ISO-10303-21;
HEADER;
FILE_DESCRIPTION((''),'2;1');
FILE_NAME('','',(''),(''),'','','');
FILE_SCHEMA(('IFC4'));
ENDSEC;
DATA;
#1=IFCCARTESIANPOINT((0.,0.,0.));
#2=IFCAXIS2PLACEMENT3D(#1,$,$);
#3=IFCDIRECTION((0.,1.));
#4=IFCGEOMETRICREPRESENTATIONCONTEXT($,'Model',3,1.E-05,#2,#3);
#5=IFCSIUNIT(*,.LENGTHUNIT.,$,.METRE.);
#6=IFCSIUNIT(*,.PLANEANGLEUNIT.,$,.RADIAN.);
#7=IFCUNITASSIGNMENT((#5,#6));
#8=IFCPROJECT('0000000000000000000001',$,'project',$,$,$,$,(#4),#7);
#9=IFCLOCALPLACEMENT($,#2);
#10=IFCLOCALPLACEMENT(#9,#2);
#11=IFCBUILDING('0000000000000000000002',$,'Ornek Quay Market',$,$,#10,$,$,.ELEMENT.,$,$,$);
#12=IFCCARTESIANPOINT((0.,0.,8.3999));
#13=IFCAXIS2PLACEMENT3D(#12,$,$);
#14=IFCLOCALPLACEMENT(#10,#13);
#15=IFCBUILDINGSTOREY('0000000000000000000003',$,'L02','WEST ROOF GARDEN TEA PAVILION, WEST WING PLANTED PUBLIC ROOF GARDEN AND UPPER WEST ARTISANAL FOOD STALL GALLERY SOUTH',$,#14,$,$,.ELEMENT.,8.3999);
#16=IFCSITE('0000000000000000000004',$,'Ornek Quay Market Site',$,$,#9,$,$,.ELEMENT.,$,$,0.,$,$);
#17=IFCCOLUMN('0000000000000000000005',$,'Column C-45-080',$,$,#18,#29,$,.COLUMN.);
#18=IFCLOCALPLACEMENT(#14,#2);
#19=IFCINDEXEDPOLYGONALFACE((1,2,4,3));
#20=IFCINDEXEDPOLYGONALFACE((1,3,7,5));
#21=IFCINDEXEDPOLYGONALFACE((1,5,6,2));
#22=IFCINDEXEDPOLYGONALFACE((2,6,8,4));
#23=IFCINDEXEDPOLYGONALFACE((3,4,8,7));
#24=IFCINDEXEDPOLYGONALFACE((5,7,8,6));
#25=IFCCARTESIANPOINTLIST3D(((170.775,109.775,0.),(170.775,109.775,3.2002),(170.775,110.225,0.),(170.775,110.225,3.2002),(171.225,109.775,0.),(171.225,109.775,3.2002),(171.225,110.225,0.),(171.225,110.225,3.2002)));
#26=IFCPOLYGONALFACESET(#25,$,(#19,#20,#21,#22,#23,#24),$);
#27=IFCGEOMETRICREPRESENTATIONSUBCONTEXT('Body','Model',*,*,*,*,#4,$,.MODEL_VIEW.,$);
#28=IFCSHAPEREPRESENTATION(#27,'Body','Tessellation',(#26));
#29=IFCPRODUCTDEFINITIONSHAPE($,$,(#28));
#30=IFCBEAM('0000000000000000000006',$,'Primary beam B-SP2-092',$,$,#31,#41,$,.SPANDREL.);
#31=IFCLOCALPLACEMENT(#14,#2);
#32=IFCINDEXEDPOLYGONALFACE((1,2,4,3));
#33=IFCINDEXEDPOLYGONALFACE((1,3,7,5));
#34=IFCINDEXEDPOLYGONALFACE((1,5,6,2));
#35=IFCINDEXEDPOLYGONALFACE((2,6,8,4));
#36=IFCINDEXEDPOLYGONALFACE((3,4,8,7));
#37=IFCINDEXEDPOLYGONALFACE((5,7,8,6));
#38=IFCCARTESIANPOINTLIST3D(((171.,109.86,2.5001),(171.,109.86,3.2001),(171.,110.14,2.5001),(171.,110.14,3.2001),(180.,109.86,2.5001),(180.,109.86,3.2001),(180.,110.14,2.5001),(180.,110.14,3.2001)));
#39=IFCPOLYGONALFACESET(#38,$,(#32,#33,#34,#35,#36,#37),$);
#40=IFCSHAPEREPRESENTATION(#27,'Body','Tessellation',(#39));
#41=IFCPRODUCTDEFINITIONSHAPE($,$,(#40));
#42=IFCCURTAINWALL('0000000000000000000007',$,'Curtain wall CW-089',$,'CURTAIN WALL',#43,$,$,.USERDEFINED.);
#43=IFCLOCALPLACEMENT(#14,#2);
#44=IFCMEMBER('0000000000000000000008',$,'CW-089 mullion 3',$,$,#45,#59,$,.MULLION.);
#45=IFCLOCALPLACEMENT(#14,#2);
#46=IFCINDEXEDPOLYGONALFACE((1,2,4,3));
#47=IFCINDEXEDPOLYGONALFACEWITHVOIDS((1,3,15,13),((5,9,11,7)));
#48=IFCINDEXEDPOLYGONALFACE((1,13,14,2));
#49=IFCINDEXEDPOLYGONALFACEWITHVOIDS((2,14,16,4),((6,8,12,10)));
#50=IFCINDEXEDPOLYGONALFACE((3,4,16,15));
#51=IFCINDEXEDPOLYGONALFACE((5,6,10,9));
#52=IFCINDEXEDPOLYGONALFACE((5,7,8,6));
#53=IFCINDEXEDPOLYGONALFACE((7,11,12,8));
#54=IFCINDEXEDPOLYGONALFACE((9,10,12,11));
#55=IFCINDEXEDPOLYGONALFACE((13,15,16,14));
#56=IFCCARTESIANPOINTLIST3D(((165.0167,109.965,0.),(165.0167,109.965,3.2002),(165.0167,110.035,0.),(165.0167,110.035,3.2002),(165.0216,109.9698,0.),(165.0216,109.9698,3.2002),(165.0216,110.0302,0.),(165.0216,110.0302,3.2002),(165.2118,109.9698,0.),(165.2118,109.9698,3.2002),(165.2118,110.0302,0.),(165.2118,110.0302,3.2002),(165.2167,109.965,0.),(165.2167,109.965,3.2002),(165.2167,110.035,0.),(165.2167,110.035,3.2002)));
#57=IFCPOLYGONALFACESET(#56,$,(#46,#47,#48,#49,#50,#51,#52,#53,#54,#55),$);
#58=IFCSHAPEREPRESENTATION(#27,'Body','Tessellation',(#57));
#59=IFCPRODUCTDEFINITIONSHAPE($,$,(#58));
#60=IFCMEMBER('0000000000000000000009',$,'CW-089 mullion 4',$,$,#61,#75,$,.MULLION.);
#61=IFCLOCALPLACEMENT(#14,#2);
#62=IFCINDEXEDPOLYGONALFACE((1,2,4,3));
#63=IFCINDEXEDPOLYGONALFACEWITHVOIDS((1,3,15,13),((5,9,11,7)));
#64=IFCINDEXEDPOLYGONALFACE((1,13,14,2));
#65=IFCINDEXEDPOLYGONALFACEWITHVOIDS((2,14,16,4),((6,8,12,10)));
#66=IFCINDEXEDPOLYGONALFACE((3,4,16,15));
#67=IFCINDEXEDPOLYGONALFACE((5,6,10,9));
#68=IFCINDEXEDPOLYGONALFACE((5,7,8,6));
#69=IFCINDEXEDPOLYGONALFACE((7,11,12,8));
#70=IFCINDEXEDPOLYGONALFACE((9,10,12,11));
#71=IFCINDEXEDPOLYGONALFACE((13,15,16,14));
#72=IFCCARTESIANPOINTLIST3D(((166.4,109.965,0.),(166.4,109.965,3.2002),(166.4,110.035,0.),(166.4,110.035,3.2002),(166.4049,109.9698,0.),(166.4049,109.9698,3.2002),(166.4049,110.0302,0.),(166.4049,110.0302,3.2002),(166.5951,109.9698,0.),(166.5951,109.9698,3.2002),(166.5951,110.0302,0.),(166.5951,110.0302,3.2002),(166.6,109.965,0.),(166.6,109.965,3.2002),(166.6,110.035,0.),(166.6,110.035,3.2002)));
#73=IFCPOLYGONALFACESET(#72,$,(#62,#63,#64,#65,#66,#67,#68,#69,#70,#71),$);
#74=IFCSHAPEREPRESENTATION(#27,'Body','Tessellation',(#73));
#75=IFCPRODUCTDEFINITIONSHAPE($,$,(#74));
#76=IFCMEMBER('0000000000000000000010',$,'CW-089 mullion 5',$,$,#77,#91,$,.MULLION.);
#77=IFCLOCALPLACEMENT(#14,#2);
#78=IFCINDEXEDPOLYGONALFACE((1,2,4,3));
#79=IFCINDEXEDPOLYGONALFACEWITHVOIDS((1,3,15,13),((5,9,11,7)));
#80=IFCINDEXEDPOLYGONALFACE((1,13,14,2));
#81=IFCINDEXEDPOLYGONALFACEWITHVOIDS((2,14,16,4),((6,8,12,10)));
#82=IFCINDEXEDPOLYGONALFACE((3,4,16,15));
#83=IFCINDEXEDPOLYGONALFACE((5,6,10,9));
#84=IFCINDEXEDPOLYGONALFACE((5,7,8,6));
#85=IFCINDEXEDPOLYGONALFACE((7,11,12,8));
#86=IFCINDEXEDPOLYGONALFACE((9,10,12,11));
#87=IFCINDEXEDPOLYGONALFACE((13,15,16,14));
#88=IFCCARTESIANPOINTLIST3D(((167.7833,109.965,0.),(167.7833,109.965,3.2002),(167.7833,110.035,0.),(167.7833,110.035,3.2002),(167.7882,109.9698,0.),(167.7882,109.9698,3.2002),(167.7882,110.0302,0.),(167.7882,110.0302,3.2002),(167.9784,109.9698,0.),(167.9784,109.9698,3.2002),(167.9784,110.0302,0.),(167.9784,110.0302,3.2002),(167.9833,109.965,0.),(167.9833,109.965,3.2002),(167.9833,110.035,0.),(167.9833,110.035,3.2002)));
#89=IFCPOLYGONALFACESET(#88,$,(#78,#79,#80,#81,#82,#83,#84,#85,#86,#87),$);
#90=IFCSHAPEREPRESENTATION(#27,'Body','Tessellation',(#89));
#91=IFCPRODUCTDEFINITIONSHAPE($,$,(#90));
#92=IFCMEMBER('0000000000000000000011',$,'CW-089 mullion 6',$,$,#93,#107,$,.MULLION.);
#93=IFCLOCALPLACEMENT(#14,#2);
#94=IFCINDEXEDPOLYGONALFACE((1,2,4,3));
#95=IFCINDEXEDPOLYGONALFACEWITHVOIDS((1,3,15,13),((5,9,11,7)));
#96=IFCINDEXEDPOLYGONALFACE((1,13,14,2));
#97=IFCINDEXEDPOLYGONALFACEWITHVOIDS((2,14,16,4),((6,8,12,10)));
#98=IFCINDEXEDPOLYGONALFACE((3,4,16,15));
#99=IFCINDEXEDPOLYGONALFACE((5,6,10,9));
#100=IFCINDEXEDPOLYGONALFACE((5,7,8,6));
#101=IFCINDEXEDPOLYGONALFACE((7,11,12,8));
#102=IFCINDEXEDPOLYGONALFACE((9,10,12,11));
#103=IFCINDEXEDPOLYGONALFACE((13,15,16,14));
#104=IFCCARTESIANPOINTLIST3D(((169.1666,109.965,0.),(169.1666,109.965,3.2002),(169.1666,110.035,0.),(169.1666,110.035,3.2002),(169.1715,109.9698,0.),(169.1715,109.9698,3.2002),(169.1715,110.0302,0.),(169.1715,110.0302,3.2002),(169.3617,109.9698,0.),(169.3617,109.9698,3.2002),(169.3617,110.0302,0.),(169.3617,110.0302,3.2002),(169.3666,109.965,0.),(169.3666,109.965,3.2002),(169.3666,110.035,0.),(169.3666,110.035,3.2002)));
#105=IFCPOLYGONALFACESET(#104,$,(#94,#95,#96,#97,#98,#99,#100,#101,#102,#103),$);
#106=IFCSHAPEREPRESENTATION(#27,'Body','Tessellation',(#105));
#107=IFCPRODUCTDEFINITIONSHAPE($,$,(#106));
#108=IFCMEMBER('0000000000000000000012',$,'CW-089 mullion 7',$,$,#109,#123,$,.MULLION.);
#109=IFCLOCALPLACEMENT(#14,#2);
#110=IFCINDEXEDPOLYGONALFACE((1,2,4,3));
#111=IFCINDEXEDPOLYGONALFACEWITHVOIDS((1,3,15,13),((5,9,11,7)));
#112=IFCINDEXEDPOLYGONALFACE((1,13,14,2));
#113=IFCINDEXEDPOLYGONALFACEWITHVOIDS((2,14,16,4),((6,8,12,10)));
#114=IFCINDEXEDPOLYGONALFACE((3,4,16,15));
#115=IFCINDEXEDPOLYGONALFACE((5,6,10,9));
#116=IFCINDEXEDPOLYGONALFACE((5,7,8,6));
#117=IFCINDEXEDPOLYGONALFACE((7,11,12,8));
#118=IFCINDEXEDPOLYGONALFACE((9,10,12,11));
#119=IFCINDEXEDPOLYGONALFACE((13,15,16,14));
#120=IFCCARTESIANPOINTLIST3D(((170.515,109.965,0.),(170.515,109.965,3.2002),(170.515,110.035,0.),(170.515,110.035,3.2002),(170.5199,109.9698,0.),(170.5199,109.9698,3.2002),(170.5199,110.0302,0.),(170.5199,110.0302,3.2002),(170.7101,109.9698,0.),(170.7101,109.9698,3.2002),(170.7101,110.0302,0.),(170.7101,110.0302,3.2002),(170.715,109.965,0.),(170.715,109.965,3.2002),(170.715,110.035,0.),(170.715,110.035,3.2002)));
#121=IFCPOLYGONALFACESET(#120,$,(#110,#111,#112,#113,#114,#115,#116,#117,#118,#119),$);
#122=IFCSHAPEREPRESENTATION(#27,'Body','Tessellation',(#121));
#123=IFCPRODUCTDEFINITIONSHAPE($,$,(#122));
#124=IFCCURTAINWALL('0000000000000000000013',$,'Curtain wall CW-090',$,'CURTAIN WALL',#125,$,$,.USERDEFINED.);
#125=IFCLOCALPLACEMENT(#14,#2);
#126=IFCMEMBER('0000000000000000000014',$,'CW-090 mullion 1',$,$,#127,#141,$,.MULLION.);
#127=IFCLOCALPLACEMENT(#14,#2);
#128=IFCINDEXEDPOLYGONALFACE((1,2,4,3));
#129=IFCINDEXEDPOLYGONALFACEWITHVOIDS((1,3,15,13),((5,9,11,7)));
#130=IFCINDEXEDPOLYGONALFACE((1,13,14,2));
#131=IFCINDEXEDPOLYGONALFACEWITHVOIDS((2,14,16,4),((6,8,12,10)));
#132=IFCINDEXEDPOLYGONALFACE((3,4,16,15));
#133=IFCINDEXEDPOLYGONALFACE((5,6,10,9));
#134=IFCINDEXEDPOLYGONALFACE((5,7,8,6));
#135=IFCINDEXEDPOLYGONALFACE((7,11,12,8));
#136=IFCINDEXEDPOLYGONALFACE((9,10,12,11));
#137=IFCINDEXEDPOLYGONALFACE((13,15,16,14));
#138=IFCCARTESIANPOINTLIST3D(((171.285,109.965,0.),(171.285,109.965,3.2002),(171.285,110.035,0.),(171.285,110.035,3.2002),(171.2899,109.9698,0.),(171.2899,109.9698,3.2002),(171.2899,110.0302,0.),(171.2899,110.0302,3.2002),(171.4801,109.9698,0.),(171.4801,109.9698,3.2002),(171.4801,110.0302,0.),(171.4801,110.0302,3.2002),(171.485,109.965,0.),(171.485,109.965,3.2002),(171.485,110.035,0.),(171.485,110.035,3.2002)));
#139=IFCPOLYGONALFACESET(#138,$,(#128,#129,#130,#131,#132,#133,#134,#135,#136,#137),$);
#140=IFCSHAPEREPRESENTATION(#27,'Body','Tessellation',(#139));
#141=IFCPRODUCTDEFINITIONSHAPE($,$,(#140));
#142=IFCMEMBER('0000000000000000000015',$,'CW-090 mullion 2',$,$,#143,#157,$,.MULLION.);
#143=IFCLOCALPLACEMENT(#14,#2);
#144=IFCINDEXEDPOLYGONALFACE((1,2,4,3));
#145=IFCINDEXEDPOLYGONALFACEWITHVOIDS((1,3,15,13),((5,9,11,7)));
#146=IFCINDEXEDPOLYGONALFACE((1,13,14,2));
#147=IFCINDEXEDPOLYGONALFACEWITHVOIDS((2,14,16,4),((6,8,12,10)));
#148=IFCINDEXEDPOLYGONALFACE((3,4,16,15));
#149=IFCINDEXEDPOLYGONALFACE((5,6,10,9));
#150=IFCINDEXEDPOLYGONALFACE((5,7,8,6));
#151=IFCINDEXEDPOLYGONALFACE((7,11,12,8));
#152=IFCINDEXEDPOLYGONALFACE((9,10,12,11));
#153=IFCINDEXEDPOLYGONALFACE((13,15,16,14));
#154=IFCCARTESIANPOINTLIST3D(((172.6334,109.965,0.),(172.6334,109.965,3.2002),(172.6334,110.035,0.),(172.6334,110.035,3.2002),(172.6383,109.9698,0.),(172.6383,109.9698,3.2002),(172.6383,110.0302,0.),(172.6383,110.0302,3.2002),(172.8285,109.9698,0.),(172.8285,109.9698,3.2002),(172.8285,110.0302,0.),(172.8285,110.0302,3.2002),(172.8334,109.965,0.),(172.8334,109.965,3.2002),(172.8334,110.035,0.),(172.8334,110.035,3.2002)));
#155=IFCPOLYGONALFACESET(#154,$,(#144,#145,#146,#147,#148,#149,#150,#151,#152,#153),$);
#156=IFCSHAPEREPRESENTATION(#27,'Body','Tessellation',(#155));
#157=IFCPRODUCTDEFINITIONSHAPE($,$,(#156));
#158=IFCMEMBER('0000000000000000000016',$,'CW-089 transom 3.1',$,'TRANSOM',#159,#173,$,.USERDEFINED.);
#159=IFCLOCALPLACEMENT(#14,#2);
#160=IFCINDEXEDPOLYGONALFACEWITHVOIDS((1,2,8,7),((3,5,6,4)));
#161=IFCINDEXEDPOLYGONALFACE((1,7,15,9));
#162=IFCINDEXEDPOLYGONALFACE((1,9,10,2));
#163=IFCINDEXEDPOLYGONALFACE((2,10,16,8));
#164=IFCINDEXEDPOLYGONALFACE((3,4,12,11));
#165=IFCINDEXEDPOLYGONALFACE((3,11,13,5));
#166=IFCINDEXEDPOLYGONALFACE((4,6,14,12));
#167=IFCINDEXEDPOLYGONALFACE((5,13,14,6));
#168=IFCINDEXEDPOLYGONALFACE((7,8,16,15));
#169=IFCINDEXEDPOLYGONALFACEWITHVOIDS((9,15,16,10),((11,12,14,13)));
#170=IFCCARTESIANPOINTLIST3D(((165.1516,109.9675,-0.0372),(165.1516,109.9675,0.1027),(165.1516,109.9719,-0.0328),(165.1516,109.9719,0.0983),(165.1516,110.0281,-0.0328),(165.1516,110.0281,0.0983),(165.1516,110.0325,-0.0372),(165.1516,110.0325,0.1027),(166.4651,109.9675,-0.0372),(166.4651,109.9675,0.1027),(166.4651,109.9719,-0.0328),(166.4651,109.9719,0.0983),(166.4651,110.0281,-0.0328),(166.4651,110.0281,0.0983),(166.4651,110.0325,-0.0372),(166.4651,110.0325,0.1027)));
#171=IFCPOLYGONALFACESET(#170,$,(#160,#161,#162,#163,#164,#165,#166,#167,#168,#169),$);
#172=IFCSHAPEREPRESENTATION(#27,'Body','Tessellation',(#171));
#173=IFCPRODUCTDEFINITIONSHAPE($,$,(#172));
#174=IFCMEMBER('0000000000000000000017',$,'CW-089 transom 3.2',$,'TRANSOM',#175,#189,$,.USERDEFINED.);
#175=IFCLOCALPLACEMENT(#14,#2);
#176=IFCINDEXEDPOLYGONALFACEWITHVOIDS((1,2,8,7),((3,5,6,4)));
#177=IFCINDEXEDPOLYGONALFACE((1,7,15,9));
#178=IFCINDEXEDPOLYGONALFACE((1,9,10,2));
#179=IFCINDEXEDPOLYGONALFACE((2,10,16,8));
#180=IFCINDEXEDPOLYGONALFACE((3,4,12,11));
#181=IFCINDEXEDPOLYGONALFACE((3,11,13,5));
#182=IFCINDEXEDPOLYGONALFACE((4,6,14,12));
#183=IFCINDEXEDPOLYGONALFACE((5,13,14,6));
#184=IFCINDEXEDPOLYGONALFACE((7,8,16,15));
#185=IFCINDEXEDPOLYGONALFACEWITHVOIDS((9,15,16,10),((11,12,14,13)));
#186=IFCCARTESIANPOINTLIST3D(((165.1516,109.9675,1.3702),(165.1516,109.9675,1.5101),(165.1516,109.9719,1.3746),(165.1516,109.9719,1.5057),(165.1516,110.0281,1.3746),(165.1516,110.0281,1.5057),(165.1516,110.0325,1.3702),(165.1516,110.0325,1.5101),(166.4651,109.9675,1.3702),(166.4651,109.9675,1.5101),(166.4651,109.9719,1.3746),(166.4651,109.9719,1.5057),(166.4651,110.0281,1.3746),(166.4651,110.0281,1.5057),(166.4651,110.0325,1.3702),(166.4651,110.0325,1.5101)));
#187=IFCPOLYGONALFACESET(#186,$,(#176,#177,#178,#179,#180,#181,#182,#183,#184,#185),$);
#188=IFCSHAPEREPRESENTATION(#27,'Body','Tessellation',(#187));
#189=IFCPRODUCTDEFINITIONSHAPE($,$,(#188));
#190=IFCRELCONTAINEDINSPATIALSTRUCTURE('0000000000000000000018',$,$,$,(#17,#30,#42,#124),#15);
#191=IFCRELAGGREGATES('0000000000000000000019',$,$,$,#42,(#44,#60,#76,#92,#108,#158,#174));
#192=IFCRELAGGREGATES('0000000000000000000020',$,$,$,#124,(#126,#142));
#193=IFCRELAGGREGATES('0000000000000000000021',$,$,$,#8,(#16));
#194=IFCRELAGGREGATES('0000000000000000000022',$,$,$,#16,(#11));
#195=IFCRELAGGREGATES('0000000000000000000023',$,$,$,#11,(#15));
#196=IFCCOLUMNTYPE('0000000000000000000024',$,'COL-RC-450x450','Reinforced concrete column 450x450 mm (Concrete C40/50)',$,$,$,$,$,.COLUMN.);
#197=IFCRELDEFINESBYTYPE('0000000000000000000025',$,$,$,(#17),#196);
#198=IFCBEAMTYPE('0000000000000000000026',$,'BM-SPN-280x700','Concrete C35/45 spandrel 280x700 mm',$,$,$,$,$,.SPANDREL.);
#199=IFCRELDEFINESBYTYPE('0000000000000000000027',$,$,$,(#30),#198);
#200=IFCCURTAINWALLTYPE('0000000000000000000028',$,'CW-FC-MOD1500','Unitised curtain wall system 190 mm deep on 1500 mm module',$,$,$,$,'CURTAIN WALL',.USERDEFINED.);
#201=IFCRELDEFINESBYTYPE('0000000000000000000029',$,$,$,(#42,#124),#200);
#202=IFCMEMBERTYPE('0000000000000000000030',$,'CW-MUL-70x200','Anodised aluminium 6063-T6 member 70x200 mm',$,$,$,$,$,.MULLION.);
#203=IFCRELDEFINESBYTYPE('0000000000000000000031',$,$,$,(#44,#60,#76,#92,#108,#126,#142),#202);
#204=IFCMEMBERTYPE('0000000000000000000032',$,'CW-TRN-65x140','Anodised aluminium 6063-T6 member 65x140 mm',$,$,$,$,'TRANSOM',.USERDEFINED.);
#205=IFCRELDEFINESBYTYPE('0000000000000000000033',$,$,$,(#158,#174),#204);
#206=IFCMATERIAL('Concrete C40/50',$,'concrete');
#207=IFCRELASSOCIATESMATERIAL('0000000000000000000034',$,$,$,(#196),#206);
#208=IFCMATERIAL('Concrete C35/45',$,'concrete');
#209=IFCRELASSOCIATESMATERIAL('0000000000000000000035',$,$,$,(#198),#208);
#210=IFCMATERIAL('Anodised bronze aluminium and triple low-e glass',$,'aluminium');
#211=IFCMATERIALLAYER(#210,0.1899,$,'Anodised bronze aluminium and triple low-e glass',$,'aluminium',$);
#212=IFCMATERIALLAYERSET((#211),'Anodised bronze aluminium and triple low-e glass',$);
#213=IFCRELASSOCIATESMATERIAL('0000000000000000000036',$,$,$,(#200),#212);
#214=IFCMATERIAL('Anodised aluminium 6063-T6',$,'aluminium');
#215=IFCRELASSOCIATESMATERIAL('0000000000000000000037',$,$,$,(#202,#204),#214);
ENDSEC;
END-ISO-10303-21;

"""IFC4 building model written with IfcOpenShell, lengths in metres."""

from ifc_helpers import new_model, si_unit, direction, frame, origin, origin_2d, place, context, subcontext, project, spatial, rectangle, hollow_rectangle, extrude, material, layer, layer_set, material_profile, profile_set, type_object, element, aggregate, save


model = new_model("IFC4")

# Units and contexts
model_context = context("Model", 3, precision=1e-05, world=origin(), true_north=direction((0.0, 1.0)))
body_context = subcontext(model_context, "Body", "Model", "MODEL_VIEW")
ifc_project = project(units=[si_unit("LENGTHUNIT", "METRE"), si_unit("PLANEANGLEUNIT", "RADIAN")], contexts=[model_context])

# Site, building, storey
site_placement = place(None, origin())
site = spatial("IfcSite", under=ifc_project, at=site_placement, Name="Ornek Quay Market Site", CompositionType="ELEMENT", RefElevation=0.0)
building_placement = place(site_placement, origin())
building = spatial("IfcBuilding", under=site, at=building_placement, Name="Ornek Quay Market", CompositionType="ELEMENT")
storey_placement = place(building_placement, frame((0.0, 0.0, 8.3999)))
storey = spatial("IfcBuildingStorey", under=building, at=storey_placement, Name="L02", Description="WEST ROOF GARDEN TEA PAVILION, WEST WING PLANTED PUBLIC ROOF GARDEN AND UPPER WEST ARTISANAL FOOD STALL GALLERY SOUTH", CompositionType="ELEMENT", Elevation=8.3999)

# Column
ifc_material_1 = material(Name="Concrete C40/50", Category="concrete")
ifc_material_profile_1 = material_profile(ifc_material_1, rectangle(XDim=0.45, YDim=0.45, at=origin_2d()), Name="RC 450x450", Category="concrete")
ifc_profile_set_1 = profile_set([ifc_material_profile_1], Name="Concrete C40/50")
column_type = type_object("IfcColumnType", Name="COL-RC-450x450", Description="Reinforced concrete column 450x450 mm (Concrete C40/50)", PredefinedType="COLUMN", material=ifc_profile_set_1)
column_placement = place(storey_placement, frame((171.0, 110.0, 0.0), z_axis=(0.0, 0.0, 1.0), x_axis=(1.0, 0.0, 0.0)))
element("IfcColumn", 1, at=column_placement, inside=storey, type_object=column_type, Name="Column C-45-080", PredefinedType="COLUMN", context=body_context, shape_type="SweptSolid", body=[
    extrude(rectangle(XDim=0.45, YDim=0.45, at=origin_2d()), origin(), (0.0, 0.0, 1.0), 3.2002),
])

# Beam
ifc_material_2 = material(Name="Concrete C35/45", Category="concrete")
ifc_material_profile_2 = material_profile(ifc_material_2, rectangle(XDim=0.28, YDim=0.7, at=origin_2d()), Name="RC 280x700", Category="concrete")
ifc_profile_set_2 = profile_set([ifc_material_profile_2], Name="Concrete C35/45")
beam_type = type_object("IfcBeamType", Name="BM-SPN-280x700", Description="Concrete C35/45 spandrel 280x700 mm", PredefinedType="SPANDREL", material=ifc_profile_set_2)
beam_placement = place(storey_placement, frame((171.0, 110.0, 2.8501), z_axis=(1.0, 0.0, 0.0), x_axis=(0.0, 1.0, 0.0)))
element("IfcBeam", 2, at=beam_placement, inside=storey, type_object=beam_type, Name="Primary beam B-SP2-092", PredefinedType="SPANDREL", context=body_context, shape_type="SweptSolid", body=[
    extrude(rectangle(XDim=0.28, YDim=0.7, at=origin_2d()), origin(), (0.0, 0.0, 1.0), 9.0),
])

# Curtain walls, members
ifc_material_3 = material(Name="Anodised bronze aluminium and triple low-e glass", Category="aluminium")
ifc_layer_1 = layer(ifc_material_3, 0.1899, Name="Anodised bronze aluminium and triple low-e glass", Category="aluminium")
ifc_layer_set_1 = layer_set([ifc_layer_1], Name="Anodised bronze aluminium and triple low-e glass")
curtain_wall_type = type_object("IfcCurtainWallType", Name="CW-FC-MOD1500", Description="Unitised curtain wall system 190 mm deep on 1500 mm module", ElementType="CURTAIN WALL", PredefinedType="USERDEFINED", material=ifc_layer_set_1)
curtain_wall_1_placement = place(storey_placement, origin())
curtain_wall_1 = element("IfcCurtainWall", 3, at=curtain_wall_1_placement, inside=storey, type_object=curtain_wall_type, Name="Curtain wall CW-089", ObjectType="CURTAIN WALL", PredefinedType="USERDEFINED")
ifc_material_4 = material(Name="Anodised aluminium 6063-T6", Category="aluminium")
ifc_material_profile_3 = material_profile(ifc_material_4, hollow_rectangle(XDim=0.0701, YDim=0.2, WallThickness=0.0049, at=origin_2d()), Name="CW-MUL-70x200", Category="aluminium")
ifc_profile_set_3 = profile_set([ifc_material_profile_3], Name="Anodised aluminium 6063-T6")
member_type_1 = type_object("IfcMemberType", Name="CW-MUL-70x200", Description="Anodised aluminium 6063-T6 member 70x200 mm", PredefinedType="MULLION", material=ifc_profile_set_3)
member_1_placement = place(storey_placement, frame((165.1167, 110.0, 0.0), z_axis=(0.0, 0.0, 1.0), x_axis=(0.0, 1.0, 0.0)))
member_1 = element("IfcMember", 4, at=member_1_placement, type_object=member_type_1, Name="CW-089 mullion 3", PredefinedType="MULLION", context=body_context, shape_type="SweptSolid", body=[
    extrude(hollow_rectangle(XDim=0.0701, YDim=0.2, WallThickness=0.0049, at=origin_2d()), origin(), (0.0, 0.0, 1.0), 3.2002),
])
member_2_placement = place(storey_placement, frame((166.5, 110.0, 0.0), z_axis=(0.0, 0.0, 1.0), x_axis=(0.0, 1.0, 0.0)))
member_2 = element("IfcMember", 5, at=member_2_placement, type_object=member_type_1, Name="CW-089 mullion 4", PredefinedType="MULLION", context=body_context, shape_type="SweptSolid", body=[
    extrude(hollow_rectangle(XDim=0.0701, YDim=0.2, WallThickness=0.0049, at=origin_2d()), origin(), (0.0, 0.0, 1.0), 3.2002),
])
member_3_placement = place(storey_placement, frame((167.8833, 110.0, 0.0), z_axis=(0.0, 0.0, 1.0), x_axis=(0.0, 1.0, 0.0)))
member_3 = element("IfcMember", 6, at=member_3_placement, type_object=member_type_1, Name="CW-089 mullion 5", PredefinedType="MULLION", context=body_context, shape_type="SweptSolid", body=[
    extrude(hollow_rectangle(XDim=0.0701, YDim=0.2, WallThickness=0.0049, at=origin_2d()), origin(), (0.0, 0.0, 1.0), 3.2002),
])
member_4_placement = place(storey_placement, frame((169.2666, 110.0, 0.0), z_axis=(0.0, 0.0, 1.0), x_axis=(0.0, 1.0, 0.0)))
member_4 = element("IfcMember", 7, at=member_4_placement, type_object=member_type_1, Name="CW-089 mullion 6", PredefinedType="MULLION", context=body_context, shape_type="SweptSolid", body=[
    extrude(hollow_rectangle(XDim=0.0701, YDim=0.2, WallThickness=0.0049, at=origin_2d()), origin(), (0.0, 0.0, 1.0), 3.2002),
])
member_5_placement = place(storey_placement, frame((170.615, 110.0, 0.0), z_axis=(0.0, 0.0, 1.0), x_axis=(0.0, 1.0, 0.0)))
member_5 = element("IfcMember", 8, at=member_5_placement, type_object=member_type_1, Name="CW-089 mullion 7", PredefinedType="MULLION", context=body_context, shape_type="SweptSolid", body=[
    extrude(hollow_rectangle(XDim=0.0701, YDim=0.2, WallThickness=0.0049, at=origin_2d()), origin(), (0.0, 0.0, 1.0), 3.2002),
])
curtain_wall_2_placement = place(storey_placement, origin())
curtain_wall_2 = element("IfcCurtainWall", 9, at=curtain_wall_2_placement, inside=storey, type_object=curtain_wall_type, Name="Curtain wall CW-090", ObjectType="CURTAIN WALL", PredefinedType="USERDEFINED")
member_6_placement = place(storey_placement, frame((171.385, 110.0, 0.0), z_axis=(0.0, 0.0, 1.0), x_axis=(0.0, 1.0, 0.0)))
member_6 = element("IfcMember", 10, at=member_6_placement, type_object=member_type_1, Name="CW-090 mullion 1", PredefinedType="MULLION", context=body_context, shape_type="SweptSolid", body=[
    extrude(hollow_rectangle(XDim=0.0701, YDim=0.2, WallThickness=0.0049, at=origin_2d()), origin(), (0.0, 0.0, 1.0), 3.2002),
])
member_7_placement = place(storey_placement, frame((172.7334, 110.0, 0.0), z_axis=(0.0, 0.0, 1.0), x_axis=(0.0, 1.0, 0.0)))
member_7 = element("IfcMember", 11, at=member_7_placement, type_object=member_type_1, Name="CW-090 mullion 2", PredefinedType="MULLION", context=body_context, shape_type="SweptSolid", body=[
    extrude(hollow_rectangle(XDim=0.0701, YDim=0.2, WallThickness=0.0049, at=origin_2d()), origin(), (0.0, 0.0, 1.0), 3.2002),
])

# Members
ifc_material_profile_4 = material_profile(ifc_material_4, hollow_rectangle(XDim=0.0649, YDim=0.1399, WallThickness=0.0044, at=origin_2d()), Name="CW-TRN-65x140", Category="aluminium")
ifc_profile_set_4 = profile_set([ifc_material_profile_4], Name="Anodised aluminium 6063-T6")
member_type_2 = type_object("IfcMemberType", Name="CW-TRN-65x140", Description="Anodised aluminium 6063-T6 member 65x140 mm", ElementType="TRANSOM", PredefinedType="USERDEFINED", material=ifc_profile_set_4)
member_8_placement = place(storey_placement, frame((165.1516, 110.0, 0.0327), z_axis=(1.0, 0.0, 0.0), x_axis=(0.0, 1.0, 0.0)))
member_8 = element("IfcMember", 12, at=member_8_placement, type_object=member_type_2, Name="CW-089 transom 3.1", ObjectType="TRANSOM", PredefinedType="USERDEFINED", context=body_context, shape_type="SweptSolid", body=[
    extrude(hollow_rectangle(XDim=0.0649, YDim=0.1399, WallThickness=0.0044, at=origin_2d()), origin(), (0.0, 0.0, 1.0), 1.3135),
])
member_9_placement = place(storey_placement, frame((165.1516, 110.0, 1.4402), z_axis=(1.0, 0.0, 0.0), x_axis=(0.0, 1.0, 0.0)))
member_9 = element("IfcMember", 13, at=member_9_placement, type_object=member_type_2, Name="CW-089 transom 3.2", ObjectType="TRANSOM", PredefinedType="USERDEFINED", context=body_context, shape_type="SweptSolid", body=[
    extrude(hollow_rectangle(XDim=0.0649, YDim=0.1399, WallThickness=0.0044, at=origin_2d()), origin(), (0.0, 0.0, 1.0), 1.3135),
])

aggregate(curtain_wall_1, [member_1, member_2, member_3, member_4, member_5, member_8, member_9])
aggregate(curtain_wall_2, [member_6, member_7])

save(model, "model.ifc")
